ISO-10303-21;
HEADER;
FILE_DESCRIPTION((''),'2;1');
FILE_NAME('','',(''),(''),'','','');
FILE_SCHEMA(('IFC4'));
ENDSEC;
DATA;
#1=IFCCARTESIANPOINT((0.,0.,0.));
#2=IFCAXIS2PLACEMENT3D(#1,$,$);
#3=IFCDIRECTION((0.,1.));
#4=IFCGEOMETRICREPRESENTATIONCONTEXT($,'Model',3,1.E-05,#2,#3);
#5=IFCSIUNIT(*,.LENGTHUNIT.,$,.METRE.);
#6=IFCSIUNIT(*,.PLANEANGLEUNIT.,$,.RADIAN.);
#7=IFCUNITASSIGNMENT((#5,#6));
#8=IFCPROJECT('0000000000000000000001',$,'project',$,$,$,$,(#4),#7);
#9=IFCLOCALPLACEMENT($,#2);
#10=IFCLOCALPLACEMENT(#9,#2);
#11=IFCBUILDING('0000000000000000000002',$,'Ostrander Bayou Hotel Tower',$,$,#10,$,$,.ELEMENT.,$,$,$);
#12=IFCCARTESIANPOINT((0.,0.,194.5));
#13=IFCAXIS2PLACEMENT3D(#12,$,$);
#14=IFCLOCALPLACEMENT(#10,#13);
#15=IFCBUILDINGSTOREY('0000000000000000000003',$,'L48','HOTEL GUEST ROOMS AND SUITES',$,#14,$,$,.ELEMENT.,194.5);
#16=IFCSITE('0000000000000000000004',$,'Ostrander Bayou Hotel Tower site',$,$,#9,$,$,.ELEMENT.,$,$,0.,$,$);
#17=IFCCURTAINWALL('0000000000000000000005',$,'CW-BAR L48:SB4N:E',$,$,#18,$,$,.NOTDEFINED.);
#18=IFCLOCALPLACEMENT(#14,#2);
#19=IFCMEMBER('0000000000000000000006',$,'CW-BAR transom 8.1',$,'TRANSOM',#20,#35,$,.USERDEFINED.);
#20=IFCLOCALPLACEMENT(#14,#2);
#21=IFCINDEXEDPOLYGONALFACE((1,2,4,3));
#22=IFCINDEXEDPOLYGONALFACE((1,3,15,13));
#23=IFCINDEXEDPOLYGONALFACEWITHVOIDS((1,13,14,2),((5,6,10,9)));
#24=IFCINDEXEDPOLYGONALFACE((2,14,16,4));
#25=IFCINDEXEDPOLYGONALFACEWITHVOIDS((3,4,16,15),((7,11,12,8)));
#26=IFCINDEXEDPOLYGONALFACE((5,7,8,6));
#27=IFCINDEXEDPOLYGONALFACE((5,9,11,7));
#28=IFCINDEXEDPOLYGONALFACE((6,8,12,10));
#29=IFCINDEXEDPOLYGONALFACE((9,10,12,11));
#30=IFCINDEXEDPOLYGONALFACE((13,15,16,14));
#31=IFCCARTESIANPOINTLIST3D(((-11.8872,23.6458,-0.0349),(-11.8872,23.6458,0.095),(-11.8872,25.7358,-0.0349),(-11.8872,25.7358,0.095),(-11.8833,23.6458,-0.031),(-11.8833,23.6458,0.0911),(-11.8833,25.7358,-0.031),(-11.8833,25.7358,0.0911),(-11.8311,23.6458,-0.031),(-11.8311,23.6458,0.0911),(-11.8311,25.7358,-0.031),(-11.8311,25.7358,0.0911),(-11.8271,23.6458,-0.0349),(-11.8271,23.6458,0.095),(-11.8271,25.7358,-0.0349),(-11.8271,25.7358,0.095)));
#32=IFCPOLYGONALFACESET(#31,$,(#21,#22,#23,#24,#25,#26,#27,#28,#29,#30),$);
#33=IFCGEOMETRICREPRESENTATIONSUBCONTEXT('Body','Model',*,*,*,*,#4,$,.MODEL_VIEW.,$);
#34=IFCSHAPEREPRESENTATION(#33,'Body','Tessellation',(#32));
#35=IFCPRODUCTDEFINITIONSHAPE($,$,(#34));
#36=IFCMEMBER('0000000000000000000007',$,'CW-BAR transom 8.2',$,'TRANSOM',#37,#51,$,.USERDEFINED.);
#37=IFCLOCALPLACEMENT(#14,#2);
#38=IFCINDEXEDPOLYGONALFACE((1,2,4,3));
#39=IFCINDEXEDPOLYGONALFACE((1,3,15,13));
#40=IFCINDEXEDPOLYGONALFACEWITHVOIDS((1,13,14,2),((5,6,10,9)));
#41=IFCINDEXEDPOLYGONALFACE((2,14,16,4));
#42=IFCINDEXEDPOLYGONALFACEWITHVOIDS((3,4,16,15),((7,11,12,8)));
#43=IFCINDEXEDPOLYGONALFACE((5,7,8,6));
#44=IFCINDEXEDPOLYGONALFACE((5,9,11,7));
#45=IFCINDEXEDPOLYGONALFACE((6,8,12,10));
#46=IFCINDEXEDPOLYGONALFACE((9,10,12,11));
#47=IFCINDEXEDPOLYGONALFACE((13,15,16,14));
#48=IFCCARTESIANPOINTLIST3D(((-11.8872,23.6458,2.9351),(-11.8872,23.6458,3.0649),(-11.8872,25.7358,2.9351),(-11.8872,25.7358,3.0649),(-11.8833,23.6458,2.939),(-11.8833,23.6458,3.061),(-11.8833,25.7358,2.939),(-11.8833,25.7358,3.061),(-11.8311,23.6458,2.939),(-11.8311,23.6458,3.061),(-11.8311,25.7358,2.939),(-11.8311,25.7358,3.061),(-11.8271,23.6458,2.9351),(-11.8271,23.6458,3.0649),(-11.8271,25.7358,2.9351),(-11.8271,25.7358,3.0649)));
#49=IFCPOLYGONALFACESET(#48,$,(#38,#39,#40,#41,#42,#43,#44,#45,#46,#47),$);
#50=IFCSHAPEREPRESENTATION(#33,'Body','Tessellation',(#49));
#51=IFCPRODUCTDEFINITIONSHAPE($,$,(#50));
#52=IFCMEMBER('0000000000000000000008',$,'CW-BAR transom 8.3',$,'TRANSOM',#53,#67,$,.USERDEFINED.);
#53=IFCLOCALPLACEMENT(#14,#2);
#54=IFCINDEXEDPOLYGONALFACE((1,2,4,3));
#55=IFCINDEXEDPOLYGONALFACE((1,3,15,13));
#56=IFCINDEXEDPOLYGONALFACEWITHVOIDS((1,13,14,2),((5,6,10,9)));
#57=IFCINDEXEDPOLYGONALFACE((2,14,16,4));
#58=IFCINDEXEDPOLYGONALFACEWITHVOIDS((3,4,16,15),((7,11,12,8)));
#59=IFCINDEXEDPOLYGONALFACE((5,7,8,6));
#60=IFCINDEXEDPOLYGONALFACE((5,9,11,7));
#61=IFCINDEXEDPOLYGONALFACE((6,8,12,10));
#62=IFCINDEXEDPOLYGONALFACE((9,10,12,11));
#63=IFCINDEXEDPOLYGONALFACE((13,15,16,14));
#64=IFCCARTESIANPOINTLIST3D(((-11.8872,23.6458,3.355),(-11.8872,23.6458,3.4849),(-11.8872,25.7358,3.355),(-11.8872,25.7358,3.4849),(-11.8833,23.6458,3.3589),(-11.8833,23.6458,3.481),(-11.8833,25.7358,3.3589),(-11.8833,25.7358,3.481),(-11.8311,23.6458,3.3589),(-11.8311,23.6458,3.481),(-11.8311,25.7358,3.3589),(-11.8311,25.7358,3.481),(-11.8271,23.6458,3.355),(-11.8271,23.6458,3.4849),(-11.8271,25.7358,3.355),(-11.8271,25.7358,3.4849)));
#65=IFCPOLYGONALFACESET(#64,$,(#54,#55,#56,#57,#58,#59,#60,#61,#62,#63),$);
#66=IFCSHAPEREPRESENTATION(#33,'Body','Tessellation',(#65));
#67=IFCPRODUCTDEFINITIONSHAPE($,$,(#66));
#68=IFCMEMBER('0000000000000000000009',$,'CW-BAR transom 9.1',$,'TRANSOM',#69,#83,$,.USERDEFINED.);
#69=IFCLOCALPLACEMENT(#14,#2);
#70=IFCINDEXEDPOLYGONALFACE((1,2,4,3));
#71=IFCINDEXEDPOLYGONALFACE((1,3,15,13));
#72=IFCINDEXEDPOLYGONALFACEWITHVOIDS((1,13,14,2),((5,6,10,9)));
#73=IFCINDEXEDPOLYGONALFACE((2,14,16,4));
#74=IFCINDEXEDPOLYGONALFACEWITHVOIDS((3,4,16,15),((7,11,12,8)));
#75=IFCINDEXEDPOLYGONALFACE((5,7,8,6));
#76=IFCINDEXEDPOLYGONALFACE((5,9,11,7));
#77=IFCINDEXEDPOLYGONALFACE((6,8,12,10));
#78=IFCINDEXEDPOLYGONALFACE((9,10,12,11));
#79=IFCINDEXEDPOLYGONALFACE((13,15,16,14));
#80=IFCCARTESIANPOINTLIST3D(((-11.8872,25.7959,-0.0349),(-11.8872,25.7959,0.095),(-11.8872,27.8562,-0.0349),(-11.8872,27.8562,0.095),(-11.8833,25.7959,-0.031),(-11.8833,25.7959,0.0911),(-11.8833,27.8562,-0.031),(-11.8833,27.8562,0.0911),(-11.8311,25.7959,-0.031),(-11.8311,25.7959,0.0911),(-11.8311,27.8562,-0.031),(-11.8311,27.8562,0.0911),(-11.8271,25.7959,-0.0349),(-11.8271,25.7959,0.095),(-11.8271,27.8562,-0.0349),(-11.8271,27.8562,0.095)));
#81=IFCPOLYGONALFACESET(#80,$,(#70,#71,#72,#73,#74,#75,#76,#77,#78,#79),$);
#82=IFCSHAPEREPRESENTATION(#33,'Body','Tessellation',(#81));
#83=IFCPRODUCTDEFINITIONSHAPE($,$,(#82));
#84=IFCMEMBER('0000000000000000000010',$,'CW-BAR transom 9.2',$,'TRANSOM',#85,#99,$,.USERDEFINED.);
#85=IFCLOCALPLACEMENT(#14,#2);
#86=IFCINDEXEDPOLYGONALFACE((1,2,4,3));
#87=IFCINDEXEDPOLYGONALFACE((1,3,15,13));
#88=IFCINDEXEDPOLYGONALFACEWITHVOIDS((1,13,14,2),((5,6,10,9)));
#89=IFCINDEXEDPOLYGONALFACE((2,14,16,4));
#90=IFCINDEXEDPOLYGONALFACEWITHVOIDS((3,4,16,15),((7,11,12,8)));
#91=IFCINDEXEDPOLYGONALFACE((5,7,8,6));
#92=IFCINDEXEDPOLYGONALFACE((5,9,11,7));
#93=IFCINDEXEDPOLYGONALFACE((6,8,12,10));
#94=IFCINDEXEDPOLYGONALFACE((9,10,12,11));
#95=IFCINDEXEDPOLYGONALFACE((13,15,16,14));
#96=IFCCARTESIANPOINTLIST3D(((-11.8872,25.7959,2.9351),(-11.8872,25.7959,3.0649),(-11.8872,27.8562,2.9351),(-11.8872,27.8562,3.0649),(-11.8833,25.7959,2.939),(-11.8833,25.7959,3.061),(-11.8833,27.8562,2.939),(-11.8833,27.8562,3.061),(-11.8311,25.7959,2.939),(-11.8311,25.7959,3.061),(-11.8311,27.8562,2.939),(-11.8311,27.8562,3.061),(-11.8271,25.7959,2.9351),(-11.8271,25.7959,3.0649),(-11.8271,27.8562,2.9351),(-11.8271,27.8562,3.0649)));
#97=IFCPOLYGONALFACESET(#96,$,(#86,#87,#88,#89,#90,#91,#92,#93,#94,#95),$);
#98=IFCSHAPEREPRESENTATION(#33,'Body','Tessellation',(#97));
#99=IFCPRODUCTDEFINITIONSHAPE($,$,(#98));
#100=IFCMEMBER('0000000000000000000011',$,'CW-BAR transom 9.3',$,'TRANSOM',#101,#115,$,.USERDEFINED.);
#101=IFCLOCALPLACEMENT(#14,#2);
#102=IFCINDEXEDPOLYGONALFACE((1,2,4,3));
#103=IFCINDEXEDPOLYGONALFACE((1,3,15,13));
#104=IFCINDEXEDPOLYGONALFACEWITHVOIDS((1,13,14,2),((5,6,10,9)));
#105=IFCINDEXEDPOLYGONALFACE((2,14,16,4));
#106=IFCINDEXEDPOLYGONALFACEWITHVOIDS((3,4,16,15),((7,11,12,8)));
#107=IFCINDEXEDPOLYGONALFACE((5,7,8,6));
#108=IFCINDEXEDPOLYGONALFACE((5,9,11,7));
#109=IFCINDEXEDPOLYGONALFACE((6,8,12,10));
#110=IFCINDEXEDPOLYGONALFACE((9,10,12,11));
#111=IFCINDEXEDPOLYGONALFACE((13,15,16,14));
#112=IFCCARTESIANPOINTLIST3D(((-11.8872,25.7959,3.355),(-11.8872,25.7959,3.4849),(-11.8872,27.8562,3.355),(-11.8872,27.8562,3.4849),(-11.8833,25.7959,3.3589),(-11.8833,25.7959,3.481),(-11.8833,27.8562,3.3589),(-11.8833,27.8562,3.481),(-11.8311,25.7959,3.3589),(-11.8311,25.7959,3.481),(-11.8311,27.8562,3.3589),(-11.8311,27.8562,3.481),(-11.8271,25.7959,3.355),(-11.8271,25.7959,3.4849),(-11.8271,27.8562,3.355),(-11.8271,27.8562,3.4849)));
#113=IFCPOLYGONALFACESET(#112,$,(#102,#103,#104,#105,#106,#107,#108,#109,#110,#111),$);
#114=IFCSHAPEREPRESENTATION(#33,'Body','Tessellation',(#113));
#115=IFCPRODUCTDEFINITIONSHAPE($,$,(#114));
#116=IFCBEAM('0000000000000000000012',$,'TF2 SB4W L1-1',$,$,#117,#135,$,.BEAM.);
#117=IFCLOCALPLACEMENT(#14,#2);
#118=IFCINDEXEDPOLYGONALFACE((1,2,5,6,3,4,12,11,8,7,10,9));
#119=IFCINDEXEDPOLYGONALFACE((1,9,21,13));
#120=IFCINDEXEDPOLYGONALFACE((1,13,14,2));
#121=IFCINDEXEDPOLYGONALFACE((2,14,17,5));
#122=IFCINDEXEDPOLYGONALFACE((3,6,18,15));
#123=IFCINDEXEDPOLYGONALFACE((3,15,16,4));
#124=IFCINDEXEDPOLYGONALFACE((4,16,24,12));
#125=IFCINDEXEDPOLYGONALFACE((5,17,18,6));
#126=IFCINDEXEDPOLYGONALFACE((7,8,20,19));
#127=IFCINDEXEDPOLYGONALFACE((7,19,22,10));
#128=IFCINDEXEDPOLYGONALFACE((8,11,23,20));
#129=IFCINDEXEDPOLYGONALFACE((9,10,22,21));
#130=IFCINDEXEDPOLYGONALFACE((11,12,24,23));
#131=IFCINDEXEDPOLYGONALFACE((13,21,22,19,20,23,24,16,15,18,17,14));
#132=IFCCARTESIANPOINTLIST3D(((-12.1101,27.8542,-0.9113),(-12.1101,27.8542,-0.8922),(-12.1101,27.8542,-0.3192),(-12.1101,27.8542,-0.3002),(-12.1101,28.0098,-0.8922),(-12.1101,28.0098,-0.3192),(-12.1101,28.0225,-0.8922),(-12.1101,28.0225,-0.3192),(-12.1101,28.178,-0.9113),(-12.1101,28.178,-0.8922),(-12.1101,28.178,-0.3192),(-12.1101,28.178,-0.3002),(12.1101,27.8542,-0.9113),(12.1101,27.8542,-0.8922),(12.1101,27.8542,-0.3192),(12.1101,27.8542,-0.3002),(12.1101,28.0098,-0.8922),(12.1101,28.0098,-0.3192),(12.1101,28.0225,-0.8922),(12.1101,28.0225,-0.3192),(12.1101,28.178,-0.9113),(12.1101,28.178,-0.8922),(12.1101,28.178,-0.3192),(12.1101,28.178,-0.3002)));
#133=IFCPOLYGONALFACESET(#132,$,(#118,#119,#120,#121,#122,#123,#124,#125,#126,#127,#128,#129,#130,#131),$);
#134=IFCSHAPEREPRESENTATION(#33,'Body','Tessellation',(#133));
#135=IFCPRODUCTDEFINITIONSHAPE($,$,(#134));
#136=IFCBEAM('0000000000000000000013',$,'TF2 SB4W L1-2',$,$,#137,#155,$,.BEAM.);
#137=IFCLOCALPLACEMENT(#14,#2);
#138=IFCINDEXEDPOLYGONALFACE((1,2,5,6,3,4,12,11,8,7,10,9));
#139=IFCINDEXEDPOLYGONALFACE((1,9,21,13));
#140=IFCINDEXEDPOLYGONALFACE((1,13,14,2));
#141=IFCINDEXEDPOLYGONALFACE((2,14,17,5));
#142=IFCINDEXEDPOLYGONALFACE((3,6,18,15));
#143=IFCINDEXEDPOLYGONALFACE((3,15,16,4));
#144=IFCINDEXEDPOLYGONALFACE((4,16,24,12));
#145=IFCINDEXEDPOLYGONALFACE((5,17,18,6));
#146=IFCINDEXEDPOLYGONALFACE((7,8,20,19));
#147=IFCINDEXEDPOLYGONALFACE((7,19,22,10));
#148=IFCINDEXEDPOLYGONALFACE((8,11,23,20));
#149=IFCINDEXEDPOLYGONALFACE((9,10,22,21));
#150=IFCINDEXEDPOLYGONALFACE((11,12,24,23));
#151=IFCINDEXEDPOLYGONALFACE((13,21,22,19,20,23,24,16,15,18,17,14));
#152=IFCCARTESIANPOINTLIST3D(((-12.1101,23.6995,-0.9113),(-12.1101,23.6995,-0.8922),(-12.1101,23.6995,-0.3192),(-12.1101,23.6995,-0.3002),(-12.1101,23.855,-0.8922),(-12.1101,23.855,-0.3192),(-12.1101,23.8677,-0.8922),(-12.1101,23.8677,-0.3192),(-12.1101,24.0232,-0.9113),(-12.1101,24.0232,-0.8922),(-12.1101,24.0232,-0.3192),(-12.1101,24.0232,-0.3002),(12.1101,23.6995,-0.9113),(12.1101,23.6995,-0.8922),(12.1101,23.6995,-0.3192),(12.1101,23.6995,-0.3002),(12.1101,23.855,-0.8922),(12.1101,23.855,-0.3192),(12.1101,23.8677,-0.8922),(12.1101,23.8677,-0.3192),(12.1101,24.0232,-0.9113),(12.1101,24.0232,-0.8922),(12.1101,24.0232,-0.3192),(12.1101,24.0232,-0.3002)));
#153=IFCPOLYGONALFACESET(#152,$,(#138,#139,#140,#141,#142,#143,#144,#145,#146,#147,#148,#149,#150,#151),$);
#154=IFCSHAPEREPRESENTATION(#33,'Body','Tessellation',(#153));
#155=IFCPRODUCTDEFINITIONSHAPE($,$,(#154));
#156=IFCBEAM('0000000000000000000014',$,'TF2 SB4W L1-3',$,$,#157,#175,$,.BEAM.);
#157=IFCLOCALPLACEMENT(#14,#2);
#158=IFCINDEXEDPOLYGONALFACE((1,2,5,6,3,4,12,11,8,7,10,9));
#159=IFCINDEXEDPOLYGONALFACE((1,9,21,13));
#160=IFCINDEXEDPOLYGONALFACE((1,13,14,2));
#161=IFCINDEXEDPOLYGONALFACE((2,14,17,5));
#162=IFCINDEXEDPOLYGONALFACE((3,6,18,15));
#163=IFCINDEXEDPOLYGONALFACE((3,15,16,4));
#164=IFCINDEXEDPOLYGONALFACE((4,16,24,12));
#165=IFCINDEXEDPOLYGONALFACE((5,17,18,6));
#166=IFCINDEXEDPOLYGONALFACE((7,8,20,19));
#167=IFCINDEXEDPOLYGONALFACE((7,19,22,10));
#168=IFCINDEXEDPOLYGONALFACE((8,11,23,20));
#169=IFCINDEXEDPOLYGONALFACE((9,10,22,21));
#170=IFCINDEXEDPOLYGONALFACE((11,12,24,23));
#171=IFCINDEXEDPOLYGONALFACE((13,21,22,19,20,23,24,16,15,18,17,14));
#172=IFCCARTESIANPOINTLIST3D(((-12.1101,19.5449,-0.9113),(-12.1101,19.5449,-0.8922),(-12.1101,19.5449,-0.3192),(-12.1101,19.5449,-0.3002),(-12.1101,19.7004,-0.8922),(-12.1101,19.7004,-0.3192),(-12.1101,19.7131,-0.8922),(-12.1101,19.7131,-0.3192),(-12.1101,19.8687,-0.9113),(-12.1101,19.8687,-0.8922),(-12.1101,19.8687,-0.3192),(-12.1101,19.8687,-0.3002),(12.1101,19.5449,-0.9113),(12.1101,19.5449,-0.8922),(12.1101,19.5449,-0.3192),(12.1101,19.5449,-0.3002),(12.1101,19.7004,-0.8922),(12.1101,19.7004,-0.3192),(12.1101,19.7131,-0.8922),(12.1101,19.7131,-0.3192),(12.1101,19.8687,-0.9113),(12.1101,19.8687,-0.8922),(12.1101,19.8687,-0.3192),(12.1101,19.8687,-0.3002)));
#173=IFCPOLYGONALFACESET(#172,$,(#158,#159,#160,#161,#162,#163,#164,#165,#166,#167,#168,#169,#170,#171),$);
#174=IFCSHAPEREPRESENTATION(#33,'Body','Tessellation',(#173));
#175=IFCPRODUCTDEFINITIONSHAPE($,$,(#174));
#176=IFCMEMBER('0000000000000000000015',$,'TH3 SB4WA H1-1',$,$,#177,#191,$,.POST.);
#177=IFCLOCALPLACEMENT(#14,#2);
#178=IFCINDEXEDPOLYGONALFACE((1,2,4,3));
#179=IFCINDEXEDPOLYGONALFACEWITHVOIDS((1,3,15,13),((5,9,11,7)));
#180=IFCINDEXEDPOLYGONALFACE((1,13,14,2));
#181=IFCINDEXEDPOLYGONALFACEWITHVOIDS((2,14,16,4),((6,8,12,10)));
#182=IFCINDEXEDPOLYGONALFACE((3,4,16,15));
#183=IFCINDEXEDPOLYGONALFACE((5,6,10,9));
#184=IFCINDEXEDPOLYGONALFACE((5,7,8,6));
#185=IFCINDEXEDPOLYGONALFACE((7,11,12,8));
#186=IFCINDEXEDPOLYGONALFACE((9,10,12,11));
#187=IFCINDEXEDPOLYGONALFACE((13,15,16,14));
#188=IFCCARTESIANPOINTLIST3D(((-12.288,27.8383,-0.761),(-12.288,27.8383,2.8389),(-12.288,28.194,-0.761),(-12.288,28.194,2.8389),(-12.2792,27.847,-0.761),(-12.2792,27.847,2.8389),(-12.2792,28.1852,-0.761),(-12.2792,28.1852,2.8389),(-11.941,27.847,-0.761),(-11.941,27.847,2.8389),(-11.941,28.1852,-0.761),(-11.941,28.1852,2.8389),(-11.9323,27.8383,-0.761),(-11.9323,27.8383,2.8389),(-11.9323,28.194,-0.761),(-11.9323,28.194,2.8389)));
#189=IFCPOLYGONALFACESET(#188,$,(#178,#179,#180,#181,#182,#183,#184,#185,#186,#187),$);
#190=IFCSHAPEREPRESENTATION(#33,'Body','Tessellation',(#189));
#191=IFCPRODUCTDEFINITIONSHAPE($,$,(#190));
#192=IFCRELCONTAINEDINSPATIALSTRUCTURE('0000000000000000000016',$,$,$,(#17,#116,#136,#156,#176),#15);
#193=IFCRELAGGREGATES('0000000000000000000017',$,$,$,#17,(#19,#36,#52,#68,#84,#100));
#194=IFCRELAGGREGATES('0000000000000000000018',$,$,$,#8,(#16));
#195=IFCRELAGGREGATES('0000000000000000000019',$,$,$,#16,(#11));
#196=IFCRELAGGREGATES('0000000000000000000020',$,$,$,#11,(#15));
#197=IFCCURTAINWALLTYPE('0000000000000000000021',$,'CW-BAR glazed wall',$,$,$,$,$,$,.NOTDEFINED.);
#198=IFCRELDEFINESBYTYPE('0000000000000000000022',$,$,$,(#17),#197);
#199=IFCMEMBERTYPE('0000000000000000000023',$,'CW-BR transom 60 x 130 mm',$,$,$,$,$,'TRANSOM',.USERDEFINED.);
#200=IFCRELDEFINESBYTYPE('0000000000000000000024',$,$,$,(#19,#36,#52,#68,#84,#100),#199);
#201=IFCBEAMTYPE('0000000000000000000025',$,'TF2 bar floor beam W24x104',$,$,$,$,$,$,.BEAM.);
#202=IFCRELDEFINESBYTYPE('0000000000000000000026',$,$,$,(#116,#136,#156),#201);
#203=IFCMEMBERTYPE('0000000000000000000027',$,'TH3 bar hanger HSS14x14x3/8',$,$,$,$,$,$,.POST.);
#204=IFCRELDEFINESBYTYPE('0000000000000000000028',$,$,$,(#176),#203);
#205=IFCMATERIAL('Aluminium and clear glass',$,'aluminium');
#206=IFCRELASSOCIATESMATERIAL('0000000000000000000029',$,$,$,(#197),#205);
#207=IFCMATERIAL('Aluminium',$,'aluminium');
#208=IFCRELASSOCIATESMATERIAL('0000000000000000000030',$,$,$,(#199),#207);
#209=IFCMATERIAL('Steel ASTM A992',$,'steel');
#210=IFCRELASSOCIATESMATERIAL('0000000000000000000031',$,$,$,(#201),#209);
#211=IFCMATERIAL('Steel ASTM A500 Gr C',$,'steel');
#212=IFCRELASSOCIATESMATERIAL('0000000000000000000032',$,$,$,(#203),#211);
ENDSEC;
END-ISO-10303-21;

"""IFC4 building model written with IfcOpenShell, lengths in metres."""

from ifc_helpers import new_model, si_unit, direction, frame, origin, origin_2d, place, context, subcontext, project, spatial, hollow_rectangle, i_section, extrude, material, material_profile, profile_set, type_object, element, aggregate, save


model = new_model("IFC4")

# Units and contexts
model_context = context("Model", 3, precision=1e-05, world=origin(), true_north=direction((0.0, 1.0)))
body_context = subcontext(model_context, "Body", "Model", "MODEL_VIEW")
ifc_project = project(units=[si_unit("LENGTHUNIT", "METRE"), si_unit("PLANEANGLEUNIT", "RADIAN")], contexts=[model_context])

# Site, building, storey
site_placement = place(None, origin())
site = spatial("IfcSite", under=ifc_project, at=site_placement, Name="Ostrander Bayou Hotel Tower site", CompositionType="ELEMENT", RefElevation=0.0)
building_placement = place(site_placement, origin())
building = spatial("IfcBuilding", under=site, at=building_placement, Name="Ostrander Bayou Hotel Tower", CompositionType="ELEMENT")
storey_placement = place(building_placement, frame((0.0, 0.0, 194.5)))
storey = spatial("IfcBuildingStorey", under=building, at=storey_placement, Name="L48", Description="HOTEL GUEST ROOMS AND SUITES", CompositionType="ELEMENT", Elevation=194.5)

# Curtain wall, members
ifc_material_1 = material(Name="Aluminium and clear glass", Category="aluminium")
curtain_wall_type = type_object("IfcCurtainWallType", Name="CW-BAR glazed wall", PredefinedType="NOTDEFINED", material=ifc_material_1)
curtain_wall_placement = place(storey_placement, origin())
curtain_wall = element("IfcCurtainWall", 1, at=curtain_wall_placement, inside=storey, type_object=curtain_wall_type, Name="CW-BAR L48:SB4N:E", PredefinedType="NOTDEFINED")
ifc_material_2 = material(Name="Aluminium", Category="aluminium")
ifc_material_profile_1 = material_profile(ifc_material_2, hollow_rectangle(XDim=0.0601, YDim=0.1299, WallThickness=0.0039, at=origin_2d()))
ifc_profile_set_1 = profile_set([ifc_material_profile_1], Name="Aluminium")
member_type_1 = type_object("IfcMemberType", Name="CW-BR transom 60 x 130 mm", ElementType="TRANSOM", PredefinedType="USERDEFINED", material=ifc_profile_set_1)
member_1_placement = place(storey_placement, frame((-11.8572, 23.6458, 0.03), z_axis=(0.0, 1.0, 0.0), x_axis=(-1.0, 0.0, 0.0)))
member_1 = element("IfcMember", 2, at=member_1_placement, type_object=member_type_1, Name="CW-BAR transom 8.1", ObjectType="TRANSOM", PredefinedType="USERDEFINED", context=body_context, shape_type="SweptSolid", body=[
    extrude(hollow_rectangle(XDim=0.0601, YDim=0.1299, WallThickness=0.0039, at=origin_2d()), origin(), (0.0, 0.0, 1.0), 2.0901),
])
member_2_placement = place(storey_placement, frame((-11.8572, 23.6458, 3.0), z_axis=(0.0, 1.0, 0.0), x_axis=(-1.0, 0.0, 0.0)))
member_2 = element("IfcMember", 3, at=member_2_placement, type_object=member_type_1, Name="CW-BAR transom 8.2", ObjectType="TRANSOM", PredefinedType="USERDEFINED", context=body_context, shape_type="SweptSolid", body=[
    extrude(hollow_rectangle(XDim=0.0601, YDim=0.1299, WallThickness=0.0039, at=origin_2d()), origin(), (0.0, 0.0, 1.0), 2.0901),
])
member_3_placement = place(storey_placement, frame((-11.8572, 23.6458, 3.4199), z_axis=(0.0, 1.0, 0.0), x_axis=(-1.0, 0.0, 0.0)))
member_3 = element("IfcMember", 4, at=member_3_placement, type_object=member_type_1, Name="CW-BAR transom 8.3", ObjectType="TRANSOM", PredefinedType="USERDEFINED", context=body_context, shape_type="SweptSolid", body=[
    extrude(hollow_rectangle(XDim=0.0601, YDim=0.1299, WallThickness=0.0039, at=origin_2d()), origin(), (0.0, 0.0, 1.0), 2.0901),
])
member_4_placement = place(storey_placement, frame((-11.8572, 25.7959, 0.03), z_axis=(0.0, 1.0, 0.0), x_axis=(-1.0, 0.0, 0.0)))
member_4 = element("IfcMember", 5, at=member_4_placement, type_object=member_type_1, Name="CW-BAR transom 9.1", ObjectType="TRANSOM", PredefinedType="USERDEFINED", context=body_context, shape_type="SweptSolid", body=[
    extrude(hollow_rectangle(XDim=0.0601, YDim=0.1299, WallThickness=0.0039, at=origin_2d()), origin(), (0.0, 0.0, 1.0), 2.0603),
])
member_5_placement = place(storey_placement, frame((-11.8572, 25.7959, 3.0), z_axis=(0.0, 1.0, 0.0), x_axis=(-1.0, 0.0, 0.0)))
member_5 = element("IfcMember", 6, at=member_5_placement, type_object=member_type_1, Name="CW-BAR transom 9.2", ObjectType="TRANSOM", PredefinedType="USERDEFINED", context=body_context, shape_type="SweptSolid", body=[
    extrude(hollow_rectangle(XDim=0.0601, YDim=0.1299, WallThickness=0.0039, at=origin_2d()), origin(), (0.0, 0.0, 1.0), 2.0603),
])
member_6_placement = place(storey_placement, frame((-11.8572, 25.7959, 3.4199), z_axis=(0.0, 1.0, 0.0), x_axis=(-1.0, 0.0, 0.0)))
member_6 = element("IfcMember", 7, at=member_6_placement, type_object=member_type_1, Name="CW-BAR transom 9.3", ObjectType="TRANSOM", PredefinedType="USERDEFINED", context=body_context, shape_type="SweptSolid", body=[
    extrude(hollow_rectangle(XDim=0.0601, YDim=0.1299, WallThickness=0.0039, at=origin_2d()), origin(), (0.0, 0.0, 1.0), 2.0603),
])

# Beams
ifc_material_3 = material(Name="Steel ASTM A992", Category="steel")
ifc_material_profile_2 = material_profile(ifc_material_3, i_section(OverallWidth=0.3237, OverallDepth=0.6111, WebThickness=0.0127, FlangeThickness=0.019, at=origin_2d()))
ifc_profile_set_2 = profile_set([ifc_material_profile_2], Name="Steel ASTM A992")
beam_type = type_object("IfcBeamType", Name="TF2 bar floor beam W24x104", PredefinedType="BEAM", material=ifc_profile_set_2)
for number, where, z_axis, x_axis, name in (
    (8, (-12.1101, 28.0161, -0.6057), (1.0, 0.0, 0.0), (0.0, 1.0, 0.0), "TF2 SB4W L1-1"),
    (9, (-12.1101, 23.8613, -0.6057), (1.0, 0.0, 0.0), (0.0, 1.0, 0.0), "TF2 SB4W L1-2"),
    (10, (-12.1101, 19.7068, -0.6057), (1.0, 0.0, 0.0), (0.0, 1.0, 0.0), "TF2 SB4W L1-3"),
):
    element("IfcBeam", number, at=place(storey_placement, frame(where, z_axis=z_axis, x_axis=x_axis)), inside=storey, type_object=beam_type, Name=name, PredefinedType="BEAM", context=body_context, shape_type="SweptSolid", body=[
        extrude(i_section(OverallWidth=0.3237, OverallDepth=0.6111, WebThickness=0.0127, FlangeThickness=0.019, at=origin_2d()), origin(), (0.0, 0.0, 1.0), 24.2202),
    ])

# Member
ifc_material_4 = material(Name="Steel ASTM A500 Gr C", Category="steel")
ifc_material_profile_3 = material_profile(ifc_material_4, hollow_rectangle(XDim=0.3557, YDim=0.3557, WallThickness=0.0088, at=origin_2d()))
ifc_profile_set_3 = profile_set([ifc_material_profile_3], Name="Steel ASTM A500 Gr C")
member_type_2 = type_object("IfcMemberType", Name="TH3 bar hanger HSS14x14x3/8", PredefinedType="POST", material=ifc_profile_set_3)
for number, where, z_axis, x_axis, name in (
    (11, (-12.1101, 28.0161, -0.761), (0.0, 0.0, 1.0), (1.0, 0.0, 0.0), "TH3 SB4WA H1-1"),
):
    element("IfcMember", number, at=place(storey_placement, frame(where, z_axis=z_axis, x_axis=x_axis)), inside=storey, type_object=member_type_2, Name=name, PredefinedType="POST", context=body_context, shape_type="SweptSolid", body=[
        extrude(hollow_rectangle(XDim=0.3557, YDim=0.3557, WallThickness=0.0088, at=origin_2d()), origin(), (0.0, 0.0, 1.0), 3.5999),
    ])

aggregate(curtain_wall, [member_1, member_2, member_3, member_4, member_5, member_6])

save(model, "model.ifc")
